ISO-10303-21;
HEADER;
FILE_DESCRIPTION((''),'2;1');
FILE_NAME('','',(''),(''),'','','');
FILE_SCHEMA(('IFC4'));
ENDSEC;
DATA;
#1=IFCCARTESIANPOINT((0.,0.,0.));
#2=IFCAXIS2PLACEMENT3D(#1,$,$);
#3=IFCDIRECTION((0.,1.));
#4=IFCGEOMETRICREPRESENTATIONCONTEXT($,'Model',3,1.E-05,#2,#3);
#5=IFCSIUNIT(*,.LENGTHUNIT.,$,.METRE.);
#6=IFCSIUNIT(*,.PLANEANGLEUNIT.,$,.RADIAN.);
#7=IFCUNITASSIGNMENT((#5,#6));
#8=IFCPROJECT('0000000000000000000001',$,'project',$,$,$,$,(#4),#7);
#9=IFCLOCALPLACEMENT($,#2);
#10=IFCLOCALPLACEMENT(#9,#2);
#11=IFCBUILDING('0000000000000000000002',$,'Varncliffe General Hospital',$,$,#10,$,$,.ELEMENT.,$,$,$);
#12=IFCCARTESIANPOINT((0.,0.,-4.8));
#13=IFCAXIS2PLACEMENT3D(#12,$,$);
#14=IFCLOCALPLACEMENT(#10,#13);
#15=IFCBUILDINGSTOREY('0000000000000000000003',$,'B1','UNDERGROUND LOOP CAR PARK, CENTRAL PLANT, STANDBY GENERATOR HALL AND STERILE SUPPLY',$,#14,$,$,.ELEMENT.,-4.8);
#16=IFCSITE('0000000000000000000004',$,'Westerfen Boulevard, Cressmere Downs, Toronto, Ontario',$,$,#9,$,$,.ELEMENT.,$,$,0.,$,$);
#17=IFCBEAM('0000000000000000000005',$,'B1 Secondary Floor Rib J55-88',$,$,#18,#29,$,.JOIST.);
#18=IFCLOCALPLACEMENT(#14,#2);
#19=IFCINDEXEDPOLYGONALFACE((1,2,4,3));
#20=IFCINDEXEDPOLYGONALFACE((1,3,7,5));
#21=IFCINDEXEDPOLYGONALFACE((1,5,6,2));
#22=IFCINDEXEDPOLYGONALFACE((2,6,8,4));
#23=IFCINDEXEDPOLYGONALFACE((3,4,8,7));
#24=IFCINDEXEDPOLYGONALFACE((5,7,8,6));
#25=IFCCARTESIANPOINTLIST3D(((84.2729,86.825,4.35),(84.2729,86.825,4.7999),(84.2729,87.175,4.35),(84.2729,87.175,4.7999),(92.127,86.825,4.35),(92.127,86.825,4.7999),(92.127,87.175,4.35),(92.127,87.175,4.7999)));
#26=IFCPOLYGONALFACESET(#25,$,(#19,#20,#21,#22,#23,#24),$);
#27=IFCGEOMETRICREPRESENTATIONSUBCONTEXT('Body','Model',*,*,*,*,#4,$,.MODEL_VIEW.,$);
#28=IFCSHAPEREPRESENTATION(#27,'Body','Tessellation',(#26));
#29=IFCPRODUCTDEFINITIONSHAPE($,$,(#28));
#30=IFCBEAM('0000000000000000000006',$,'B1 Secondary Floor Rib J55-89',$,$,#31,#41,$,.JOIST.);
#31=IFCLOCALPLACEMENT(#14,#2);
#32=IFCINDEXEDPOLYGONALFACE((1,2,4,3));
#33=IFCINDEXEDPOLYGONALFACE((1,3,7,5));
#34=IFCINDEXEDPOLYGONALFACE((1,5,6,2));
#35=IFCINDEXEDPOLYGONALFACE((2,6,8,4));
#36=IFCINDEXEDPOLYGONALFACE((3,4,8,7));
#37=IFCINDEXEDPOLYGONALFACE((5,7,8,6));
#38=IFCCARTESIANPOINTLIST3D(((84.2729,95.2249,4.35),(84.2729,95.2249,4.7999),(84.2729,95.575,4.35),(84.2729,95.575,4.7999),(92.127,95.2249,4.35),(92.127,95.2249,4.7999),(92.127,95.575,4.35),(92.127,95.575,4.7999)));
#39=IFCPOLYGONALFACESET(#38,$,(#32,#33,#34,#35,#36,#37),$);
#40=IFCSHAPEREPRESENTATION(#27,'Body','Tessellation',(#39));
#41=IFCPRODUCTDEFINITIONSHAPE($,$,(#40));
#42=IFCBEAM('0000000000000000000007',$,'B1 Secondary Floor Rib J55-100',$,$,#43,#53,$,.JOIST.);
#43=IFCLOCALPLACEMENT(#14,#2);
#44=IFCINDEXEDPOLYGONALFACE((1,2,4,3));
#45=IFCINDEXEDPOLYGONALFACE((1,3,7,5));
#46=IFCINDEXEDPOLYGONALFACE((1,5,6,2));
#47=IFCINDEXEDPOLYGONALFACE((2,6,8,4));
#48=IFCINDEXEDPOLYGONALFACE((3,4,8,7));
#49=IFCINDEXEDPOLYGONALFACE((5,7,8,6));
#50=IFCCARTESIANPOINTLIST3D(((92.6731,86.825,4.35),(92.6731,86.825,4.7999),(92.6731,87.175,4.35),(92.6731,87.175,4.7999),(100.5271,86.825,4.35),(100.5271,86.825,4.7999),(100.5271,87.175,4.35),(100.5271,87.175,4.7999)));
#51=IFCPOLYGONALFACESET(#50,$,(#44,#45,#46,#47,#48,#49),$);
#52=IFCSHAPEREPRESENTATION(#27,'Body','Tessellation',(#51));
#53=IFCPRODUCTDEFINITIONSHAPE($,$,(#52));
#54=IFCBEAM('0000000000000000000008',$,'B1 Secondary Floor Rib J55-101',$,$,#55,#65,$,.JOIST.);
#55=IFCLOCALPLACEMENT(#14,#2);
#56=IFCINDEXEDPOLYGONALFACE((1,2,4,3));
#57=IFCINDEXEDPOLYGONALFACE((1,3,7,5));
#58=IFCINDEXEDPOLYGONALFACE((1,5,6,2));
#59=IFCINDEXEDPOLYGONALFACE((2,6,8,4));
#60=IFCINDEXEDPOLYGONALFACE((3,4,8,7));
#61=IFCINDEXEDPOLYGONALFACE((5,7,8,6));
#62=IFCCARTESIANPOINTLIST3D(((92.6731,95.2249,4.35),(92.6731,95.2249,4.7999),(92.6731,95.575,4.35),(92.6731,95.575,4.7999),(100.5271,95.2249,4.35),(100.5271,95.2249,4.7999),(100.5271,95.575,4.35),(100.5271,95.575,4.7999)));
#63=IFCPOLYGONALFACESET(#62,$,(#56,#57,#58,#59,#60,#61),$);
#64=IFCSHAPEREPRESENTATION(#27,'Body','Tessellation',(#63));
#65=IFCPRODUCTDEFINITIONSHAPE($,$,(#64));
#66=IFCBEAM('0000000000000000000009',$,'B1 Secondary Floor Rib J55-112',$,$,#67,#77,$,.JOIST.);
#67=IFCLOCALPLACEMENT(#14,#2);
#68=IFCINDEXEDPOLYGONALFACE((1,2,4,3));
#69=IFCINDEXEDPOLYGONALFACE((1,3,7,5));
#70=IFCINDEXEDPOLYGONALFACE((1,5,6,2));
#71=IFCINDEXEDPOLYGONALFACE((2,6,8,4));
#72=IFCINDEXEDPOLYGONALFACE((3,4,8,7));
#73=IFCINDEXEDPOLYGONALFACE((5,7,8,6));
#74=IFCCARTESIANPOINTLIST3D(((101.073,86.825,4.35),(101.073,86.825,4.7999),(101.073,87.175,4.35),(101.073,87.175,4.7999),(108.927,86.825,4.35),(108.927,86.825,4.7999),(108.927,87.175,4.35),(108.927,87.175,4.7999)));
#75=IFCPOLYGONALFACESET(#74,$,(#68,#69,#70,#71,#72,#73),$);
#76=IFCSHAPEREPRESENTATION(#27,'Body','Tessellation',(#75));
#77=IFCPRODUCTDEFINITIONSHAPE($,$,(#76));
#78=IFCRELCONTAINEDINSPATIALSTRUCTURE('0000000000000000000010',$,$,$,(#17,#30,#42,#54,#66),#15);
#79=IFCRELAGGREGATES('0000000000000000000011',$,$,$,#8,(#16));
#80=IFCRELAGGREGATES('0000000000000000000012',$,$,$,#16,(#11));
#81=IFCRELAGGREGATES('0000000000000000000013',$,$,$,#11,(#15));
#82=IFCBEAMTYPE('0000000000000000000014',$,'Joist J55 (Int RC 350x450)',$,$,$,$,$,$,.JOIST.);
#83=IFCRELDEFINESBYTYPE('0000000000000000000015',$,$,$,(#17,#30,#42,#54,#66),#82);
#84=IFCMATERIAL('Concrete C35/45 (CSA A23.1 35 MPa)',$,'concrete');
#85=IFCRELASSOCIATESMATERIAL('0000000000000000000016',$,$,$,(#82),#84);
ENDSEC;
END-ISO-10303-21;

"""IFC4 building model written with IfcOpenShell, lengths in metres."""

from ifc_helpers import new_model, si_unit, direction, frame, origin, origin_2d, place, context, subcontext, project, spatial, rectangle, extrude, material, material_profile, profile_set, type_object, element, save


model = new_model("IFC4")

# Units and contexts
model_context = context("Model", 3, precision=1e-05, world=origin(), true_north=direction((0.0, 1.0)))
body_context = subcontext(model_context, "Body", "Model", "MODEL_VIEW")
ifc_project = project(units=[si_unit("LENGTHUNIT", "METRE"), si_unit("PLANEANGLEUNIT", "RADIAN")], contexts=[model_context])

# Site, building, storey
site_placement = place(None, origin())
site = spatial("IfcSite", under=ifc_project, at=site_placement, Name="Westerfen Boulevard, Cressmere Downs, Toronto, Ontario", CompositionType="ELEMENT", RefElevation=0.0)
building_placement = place(site_placement, origin())
building = spatial("IfcBuilding", under=site, at=building_placement, Name="Varncliffe General Hospital", CompositionType="ELEMENT")
storey_placement = place(building_placement, frame((0.0, 0.0, -4.8)))
storey = spatial("IfcBuildingStorey", under=building, at=storey_placement, Name="B1", Description="UNDERGROUND LOOP CAR PARK, CENTRAL PLANT, STANDBY GENERATOR HALL AND STERILE SUPPLY", CompositionType="ELEMENT", Elevation=-4.8)

# Beams
ifc_material_1 = material(Name="Concrete C35/45 (CSA A23.1 35 MPa)", Category="concrete")
ifc_material_profile_1 = material_profile(ifc_material_1, rectangle(XDim=0.3501, YDim=0.45, at=origin_2d()), Name="RC 350x450")
ifc_profile_set_1 = profile_set([ifc_material_profile_1], Name="Concrete C35/45 (CSA A23.1 35 MPa)")
beam_type_1 = type_object("IfcBeamType", Name="Joist J55 (Int RC 350x450)", PredefinedType="JOIST", material=ifc_profile_set_1)
for number, where, z_axis, x_axis, name in (
    (1, (84.2729, 87.0, 4.575), (1.0, 0.0, 0.0), (0.0, 1.0, 0.0), "B1 Secondary Floor Rib J55-88"),
    (2, (84.2729, 95.3999, 4.575), (1.0, 0.0, 0.0), (0.0, 1.0, 0.0), "B1 Secondary Floor Rib J55-89"),
    (3, (92.6731, 87.0, 4.575), (1.0, 0.0, 0.0), (0.0, 1.0, 0.0), "B1 Secondary Floor Rib J55-100"),
    (4, (92.6731, 95.3999, 4.575), (1.0, 0.0, 0.0), (0.0, 1.0, 0.0), "B1 Secondary Floor Rib J55-101"),
    (5, (101.073, 87.0, 4.575), (1.0, 0.0, 0.0), (0.0, 1.0, 0.0), "B1 Secondary Floor Rib J55-112"),
):
    element("IfcBeam", number, at=place(storey_placement, frame(where, z_axis=z_axis, x_axis=x_axis)), inside=storey, type_object=beam_type_1, Name=name, PredefinedType="JOIST", context=body_context, shape_type="SweptSolid", body=[
        extrude(rectangle(XDim=0.3501, YDim=0.45, at=origin_2d()), origin(), (0.0, 0.0, 1.0), 7.854),
    ])

save(model, "model.ifc")
